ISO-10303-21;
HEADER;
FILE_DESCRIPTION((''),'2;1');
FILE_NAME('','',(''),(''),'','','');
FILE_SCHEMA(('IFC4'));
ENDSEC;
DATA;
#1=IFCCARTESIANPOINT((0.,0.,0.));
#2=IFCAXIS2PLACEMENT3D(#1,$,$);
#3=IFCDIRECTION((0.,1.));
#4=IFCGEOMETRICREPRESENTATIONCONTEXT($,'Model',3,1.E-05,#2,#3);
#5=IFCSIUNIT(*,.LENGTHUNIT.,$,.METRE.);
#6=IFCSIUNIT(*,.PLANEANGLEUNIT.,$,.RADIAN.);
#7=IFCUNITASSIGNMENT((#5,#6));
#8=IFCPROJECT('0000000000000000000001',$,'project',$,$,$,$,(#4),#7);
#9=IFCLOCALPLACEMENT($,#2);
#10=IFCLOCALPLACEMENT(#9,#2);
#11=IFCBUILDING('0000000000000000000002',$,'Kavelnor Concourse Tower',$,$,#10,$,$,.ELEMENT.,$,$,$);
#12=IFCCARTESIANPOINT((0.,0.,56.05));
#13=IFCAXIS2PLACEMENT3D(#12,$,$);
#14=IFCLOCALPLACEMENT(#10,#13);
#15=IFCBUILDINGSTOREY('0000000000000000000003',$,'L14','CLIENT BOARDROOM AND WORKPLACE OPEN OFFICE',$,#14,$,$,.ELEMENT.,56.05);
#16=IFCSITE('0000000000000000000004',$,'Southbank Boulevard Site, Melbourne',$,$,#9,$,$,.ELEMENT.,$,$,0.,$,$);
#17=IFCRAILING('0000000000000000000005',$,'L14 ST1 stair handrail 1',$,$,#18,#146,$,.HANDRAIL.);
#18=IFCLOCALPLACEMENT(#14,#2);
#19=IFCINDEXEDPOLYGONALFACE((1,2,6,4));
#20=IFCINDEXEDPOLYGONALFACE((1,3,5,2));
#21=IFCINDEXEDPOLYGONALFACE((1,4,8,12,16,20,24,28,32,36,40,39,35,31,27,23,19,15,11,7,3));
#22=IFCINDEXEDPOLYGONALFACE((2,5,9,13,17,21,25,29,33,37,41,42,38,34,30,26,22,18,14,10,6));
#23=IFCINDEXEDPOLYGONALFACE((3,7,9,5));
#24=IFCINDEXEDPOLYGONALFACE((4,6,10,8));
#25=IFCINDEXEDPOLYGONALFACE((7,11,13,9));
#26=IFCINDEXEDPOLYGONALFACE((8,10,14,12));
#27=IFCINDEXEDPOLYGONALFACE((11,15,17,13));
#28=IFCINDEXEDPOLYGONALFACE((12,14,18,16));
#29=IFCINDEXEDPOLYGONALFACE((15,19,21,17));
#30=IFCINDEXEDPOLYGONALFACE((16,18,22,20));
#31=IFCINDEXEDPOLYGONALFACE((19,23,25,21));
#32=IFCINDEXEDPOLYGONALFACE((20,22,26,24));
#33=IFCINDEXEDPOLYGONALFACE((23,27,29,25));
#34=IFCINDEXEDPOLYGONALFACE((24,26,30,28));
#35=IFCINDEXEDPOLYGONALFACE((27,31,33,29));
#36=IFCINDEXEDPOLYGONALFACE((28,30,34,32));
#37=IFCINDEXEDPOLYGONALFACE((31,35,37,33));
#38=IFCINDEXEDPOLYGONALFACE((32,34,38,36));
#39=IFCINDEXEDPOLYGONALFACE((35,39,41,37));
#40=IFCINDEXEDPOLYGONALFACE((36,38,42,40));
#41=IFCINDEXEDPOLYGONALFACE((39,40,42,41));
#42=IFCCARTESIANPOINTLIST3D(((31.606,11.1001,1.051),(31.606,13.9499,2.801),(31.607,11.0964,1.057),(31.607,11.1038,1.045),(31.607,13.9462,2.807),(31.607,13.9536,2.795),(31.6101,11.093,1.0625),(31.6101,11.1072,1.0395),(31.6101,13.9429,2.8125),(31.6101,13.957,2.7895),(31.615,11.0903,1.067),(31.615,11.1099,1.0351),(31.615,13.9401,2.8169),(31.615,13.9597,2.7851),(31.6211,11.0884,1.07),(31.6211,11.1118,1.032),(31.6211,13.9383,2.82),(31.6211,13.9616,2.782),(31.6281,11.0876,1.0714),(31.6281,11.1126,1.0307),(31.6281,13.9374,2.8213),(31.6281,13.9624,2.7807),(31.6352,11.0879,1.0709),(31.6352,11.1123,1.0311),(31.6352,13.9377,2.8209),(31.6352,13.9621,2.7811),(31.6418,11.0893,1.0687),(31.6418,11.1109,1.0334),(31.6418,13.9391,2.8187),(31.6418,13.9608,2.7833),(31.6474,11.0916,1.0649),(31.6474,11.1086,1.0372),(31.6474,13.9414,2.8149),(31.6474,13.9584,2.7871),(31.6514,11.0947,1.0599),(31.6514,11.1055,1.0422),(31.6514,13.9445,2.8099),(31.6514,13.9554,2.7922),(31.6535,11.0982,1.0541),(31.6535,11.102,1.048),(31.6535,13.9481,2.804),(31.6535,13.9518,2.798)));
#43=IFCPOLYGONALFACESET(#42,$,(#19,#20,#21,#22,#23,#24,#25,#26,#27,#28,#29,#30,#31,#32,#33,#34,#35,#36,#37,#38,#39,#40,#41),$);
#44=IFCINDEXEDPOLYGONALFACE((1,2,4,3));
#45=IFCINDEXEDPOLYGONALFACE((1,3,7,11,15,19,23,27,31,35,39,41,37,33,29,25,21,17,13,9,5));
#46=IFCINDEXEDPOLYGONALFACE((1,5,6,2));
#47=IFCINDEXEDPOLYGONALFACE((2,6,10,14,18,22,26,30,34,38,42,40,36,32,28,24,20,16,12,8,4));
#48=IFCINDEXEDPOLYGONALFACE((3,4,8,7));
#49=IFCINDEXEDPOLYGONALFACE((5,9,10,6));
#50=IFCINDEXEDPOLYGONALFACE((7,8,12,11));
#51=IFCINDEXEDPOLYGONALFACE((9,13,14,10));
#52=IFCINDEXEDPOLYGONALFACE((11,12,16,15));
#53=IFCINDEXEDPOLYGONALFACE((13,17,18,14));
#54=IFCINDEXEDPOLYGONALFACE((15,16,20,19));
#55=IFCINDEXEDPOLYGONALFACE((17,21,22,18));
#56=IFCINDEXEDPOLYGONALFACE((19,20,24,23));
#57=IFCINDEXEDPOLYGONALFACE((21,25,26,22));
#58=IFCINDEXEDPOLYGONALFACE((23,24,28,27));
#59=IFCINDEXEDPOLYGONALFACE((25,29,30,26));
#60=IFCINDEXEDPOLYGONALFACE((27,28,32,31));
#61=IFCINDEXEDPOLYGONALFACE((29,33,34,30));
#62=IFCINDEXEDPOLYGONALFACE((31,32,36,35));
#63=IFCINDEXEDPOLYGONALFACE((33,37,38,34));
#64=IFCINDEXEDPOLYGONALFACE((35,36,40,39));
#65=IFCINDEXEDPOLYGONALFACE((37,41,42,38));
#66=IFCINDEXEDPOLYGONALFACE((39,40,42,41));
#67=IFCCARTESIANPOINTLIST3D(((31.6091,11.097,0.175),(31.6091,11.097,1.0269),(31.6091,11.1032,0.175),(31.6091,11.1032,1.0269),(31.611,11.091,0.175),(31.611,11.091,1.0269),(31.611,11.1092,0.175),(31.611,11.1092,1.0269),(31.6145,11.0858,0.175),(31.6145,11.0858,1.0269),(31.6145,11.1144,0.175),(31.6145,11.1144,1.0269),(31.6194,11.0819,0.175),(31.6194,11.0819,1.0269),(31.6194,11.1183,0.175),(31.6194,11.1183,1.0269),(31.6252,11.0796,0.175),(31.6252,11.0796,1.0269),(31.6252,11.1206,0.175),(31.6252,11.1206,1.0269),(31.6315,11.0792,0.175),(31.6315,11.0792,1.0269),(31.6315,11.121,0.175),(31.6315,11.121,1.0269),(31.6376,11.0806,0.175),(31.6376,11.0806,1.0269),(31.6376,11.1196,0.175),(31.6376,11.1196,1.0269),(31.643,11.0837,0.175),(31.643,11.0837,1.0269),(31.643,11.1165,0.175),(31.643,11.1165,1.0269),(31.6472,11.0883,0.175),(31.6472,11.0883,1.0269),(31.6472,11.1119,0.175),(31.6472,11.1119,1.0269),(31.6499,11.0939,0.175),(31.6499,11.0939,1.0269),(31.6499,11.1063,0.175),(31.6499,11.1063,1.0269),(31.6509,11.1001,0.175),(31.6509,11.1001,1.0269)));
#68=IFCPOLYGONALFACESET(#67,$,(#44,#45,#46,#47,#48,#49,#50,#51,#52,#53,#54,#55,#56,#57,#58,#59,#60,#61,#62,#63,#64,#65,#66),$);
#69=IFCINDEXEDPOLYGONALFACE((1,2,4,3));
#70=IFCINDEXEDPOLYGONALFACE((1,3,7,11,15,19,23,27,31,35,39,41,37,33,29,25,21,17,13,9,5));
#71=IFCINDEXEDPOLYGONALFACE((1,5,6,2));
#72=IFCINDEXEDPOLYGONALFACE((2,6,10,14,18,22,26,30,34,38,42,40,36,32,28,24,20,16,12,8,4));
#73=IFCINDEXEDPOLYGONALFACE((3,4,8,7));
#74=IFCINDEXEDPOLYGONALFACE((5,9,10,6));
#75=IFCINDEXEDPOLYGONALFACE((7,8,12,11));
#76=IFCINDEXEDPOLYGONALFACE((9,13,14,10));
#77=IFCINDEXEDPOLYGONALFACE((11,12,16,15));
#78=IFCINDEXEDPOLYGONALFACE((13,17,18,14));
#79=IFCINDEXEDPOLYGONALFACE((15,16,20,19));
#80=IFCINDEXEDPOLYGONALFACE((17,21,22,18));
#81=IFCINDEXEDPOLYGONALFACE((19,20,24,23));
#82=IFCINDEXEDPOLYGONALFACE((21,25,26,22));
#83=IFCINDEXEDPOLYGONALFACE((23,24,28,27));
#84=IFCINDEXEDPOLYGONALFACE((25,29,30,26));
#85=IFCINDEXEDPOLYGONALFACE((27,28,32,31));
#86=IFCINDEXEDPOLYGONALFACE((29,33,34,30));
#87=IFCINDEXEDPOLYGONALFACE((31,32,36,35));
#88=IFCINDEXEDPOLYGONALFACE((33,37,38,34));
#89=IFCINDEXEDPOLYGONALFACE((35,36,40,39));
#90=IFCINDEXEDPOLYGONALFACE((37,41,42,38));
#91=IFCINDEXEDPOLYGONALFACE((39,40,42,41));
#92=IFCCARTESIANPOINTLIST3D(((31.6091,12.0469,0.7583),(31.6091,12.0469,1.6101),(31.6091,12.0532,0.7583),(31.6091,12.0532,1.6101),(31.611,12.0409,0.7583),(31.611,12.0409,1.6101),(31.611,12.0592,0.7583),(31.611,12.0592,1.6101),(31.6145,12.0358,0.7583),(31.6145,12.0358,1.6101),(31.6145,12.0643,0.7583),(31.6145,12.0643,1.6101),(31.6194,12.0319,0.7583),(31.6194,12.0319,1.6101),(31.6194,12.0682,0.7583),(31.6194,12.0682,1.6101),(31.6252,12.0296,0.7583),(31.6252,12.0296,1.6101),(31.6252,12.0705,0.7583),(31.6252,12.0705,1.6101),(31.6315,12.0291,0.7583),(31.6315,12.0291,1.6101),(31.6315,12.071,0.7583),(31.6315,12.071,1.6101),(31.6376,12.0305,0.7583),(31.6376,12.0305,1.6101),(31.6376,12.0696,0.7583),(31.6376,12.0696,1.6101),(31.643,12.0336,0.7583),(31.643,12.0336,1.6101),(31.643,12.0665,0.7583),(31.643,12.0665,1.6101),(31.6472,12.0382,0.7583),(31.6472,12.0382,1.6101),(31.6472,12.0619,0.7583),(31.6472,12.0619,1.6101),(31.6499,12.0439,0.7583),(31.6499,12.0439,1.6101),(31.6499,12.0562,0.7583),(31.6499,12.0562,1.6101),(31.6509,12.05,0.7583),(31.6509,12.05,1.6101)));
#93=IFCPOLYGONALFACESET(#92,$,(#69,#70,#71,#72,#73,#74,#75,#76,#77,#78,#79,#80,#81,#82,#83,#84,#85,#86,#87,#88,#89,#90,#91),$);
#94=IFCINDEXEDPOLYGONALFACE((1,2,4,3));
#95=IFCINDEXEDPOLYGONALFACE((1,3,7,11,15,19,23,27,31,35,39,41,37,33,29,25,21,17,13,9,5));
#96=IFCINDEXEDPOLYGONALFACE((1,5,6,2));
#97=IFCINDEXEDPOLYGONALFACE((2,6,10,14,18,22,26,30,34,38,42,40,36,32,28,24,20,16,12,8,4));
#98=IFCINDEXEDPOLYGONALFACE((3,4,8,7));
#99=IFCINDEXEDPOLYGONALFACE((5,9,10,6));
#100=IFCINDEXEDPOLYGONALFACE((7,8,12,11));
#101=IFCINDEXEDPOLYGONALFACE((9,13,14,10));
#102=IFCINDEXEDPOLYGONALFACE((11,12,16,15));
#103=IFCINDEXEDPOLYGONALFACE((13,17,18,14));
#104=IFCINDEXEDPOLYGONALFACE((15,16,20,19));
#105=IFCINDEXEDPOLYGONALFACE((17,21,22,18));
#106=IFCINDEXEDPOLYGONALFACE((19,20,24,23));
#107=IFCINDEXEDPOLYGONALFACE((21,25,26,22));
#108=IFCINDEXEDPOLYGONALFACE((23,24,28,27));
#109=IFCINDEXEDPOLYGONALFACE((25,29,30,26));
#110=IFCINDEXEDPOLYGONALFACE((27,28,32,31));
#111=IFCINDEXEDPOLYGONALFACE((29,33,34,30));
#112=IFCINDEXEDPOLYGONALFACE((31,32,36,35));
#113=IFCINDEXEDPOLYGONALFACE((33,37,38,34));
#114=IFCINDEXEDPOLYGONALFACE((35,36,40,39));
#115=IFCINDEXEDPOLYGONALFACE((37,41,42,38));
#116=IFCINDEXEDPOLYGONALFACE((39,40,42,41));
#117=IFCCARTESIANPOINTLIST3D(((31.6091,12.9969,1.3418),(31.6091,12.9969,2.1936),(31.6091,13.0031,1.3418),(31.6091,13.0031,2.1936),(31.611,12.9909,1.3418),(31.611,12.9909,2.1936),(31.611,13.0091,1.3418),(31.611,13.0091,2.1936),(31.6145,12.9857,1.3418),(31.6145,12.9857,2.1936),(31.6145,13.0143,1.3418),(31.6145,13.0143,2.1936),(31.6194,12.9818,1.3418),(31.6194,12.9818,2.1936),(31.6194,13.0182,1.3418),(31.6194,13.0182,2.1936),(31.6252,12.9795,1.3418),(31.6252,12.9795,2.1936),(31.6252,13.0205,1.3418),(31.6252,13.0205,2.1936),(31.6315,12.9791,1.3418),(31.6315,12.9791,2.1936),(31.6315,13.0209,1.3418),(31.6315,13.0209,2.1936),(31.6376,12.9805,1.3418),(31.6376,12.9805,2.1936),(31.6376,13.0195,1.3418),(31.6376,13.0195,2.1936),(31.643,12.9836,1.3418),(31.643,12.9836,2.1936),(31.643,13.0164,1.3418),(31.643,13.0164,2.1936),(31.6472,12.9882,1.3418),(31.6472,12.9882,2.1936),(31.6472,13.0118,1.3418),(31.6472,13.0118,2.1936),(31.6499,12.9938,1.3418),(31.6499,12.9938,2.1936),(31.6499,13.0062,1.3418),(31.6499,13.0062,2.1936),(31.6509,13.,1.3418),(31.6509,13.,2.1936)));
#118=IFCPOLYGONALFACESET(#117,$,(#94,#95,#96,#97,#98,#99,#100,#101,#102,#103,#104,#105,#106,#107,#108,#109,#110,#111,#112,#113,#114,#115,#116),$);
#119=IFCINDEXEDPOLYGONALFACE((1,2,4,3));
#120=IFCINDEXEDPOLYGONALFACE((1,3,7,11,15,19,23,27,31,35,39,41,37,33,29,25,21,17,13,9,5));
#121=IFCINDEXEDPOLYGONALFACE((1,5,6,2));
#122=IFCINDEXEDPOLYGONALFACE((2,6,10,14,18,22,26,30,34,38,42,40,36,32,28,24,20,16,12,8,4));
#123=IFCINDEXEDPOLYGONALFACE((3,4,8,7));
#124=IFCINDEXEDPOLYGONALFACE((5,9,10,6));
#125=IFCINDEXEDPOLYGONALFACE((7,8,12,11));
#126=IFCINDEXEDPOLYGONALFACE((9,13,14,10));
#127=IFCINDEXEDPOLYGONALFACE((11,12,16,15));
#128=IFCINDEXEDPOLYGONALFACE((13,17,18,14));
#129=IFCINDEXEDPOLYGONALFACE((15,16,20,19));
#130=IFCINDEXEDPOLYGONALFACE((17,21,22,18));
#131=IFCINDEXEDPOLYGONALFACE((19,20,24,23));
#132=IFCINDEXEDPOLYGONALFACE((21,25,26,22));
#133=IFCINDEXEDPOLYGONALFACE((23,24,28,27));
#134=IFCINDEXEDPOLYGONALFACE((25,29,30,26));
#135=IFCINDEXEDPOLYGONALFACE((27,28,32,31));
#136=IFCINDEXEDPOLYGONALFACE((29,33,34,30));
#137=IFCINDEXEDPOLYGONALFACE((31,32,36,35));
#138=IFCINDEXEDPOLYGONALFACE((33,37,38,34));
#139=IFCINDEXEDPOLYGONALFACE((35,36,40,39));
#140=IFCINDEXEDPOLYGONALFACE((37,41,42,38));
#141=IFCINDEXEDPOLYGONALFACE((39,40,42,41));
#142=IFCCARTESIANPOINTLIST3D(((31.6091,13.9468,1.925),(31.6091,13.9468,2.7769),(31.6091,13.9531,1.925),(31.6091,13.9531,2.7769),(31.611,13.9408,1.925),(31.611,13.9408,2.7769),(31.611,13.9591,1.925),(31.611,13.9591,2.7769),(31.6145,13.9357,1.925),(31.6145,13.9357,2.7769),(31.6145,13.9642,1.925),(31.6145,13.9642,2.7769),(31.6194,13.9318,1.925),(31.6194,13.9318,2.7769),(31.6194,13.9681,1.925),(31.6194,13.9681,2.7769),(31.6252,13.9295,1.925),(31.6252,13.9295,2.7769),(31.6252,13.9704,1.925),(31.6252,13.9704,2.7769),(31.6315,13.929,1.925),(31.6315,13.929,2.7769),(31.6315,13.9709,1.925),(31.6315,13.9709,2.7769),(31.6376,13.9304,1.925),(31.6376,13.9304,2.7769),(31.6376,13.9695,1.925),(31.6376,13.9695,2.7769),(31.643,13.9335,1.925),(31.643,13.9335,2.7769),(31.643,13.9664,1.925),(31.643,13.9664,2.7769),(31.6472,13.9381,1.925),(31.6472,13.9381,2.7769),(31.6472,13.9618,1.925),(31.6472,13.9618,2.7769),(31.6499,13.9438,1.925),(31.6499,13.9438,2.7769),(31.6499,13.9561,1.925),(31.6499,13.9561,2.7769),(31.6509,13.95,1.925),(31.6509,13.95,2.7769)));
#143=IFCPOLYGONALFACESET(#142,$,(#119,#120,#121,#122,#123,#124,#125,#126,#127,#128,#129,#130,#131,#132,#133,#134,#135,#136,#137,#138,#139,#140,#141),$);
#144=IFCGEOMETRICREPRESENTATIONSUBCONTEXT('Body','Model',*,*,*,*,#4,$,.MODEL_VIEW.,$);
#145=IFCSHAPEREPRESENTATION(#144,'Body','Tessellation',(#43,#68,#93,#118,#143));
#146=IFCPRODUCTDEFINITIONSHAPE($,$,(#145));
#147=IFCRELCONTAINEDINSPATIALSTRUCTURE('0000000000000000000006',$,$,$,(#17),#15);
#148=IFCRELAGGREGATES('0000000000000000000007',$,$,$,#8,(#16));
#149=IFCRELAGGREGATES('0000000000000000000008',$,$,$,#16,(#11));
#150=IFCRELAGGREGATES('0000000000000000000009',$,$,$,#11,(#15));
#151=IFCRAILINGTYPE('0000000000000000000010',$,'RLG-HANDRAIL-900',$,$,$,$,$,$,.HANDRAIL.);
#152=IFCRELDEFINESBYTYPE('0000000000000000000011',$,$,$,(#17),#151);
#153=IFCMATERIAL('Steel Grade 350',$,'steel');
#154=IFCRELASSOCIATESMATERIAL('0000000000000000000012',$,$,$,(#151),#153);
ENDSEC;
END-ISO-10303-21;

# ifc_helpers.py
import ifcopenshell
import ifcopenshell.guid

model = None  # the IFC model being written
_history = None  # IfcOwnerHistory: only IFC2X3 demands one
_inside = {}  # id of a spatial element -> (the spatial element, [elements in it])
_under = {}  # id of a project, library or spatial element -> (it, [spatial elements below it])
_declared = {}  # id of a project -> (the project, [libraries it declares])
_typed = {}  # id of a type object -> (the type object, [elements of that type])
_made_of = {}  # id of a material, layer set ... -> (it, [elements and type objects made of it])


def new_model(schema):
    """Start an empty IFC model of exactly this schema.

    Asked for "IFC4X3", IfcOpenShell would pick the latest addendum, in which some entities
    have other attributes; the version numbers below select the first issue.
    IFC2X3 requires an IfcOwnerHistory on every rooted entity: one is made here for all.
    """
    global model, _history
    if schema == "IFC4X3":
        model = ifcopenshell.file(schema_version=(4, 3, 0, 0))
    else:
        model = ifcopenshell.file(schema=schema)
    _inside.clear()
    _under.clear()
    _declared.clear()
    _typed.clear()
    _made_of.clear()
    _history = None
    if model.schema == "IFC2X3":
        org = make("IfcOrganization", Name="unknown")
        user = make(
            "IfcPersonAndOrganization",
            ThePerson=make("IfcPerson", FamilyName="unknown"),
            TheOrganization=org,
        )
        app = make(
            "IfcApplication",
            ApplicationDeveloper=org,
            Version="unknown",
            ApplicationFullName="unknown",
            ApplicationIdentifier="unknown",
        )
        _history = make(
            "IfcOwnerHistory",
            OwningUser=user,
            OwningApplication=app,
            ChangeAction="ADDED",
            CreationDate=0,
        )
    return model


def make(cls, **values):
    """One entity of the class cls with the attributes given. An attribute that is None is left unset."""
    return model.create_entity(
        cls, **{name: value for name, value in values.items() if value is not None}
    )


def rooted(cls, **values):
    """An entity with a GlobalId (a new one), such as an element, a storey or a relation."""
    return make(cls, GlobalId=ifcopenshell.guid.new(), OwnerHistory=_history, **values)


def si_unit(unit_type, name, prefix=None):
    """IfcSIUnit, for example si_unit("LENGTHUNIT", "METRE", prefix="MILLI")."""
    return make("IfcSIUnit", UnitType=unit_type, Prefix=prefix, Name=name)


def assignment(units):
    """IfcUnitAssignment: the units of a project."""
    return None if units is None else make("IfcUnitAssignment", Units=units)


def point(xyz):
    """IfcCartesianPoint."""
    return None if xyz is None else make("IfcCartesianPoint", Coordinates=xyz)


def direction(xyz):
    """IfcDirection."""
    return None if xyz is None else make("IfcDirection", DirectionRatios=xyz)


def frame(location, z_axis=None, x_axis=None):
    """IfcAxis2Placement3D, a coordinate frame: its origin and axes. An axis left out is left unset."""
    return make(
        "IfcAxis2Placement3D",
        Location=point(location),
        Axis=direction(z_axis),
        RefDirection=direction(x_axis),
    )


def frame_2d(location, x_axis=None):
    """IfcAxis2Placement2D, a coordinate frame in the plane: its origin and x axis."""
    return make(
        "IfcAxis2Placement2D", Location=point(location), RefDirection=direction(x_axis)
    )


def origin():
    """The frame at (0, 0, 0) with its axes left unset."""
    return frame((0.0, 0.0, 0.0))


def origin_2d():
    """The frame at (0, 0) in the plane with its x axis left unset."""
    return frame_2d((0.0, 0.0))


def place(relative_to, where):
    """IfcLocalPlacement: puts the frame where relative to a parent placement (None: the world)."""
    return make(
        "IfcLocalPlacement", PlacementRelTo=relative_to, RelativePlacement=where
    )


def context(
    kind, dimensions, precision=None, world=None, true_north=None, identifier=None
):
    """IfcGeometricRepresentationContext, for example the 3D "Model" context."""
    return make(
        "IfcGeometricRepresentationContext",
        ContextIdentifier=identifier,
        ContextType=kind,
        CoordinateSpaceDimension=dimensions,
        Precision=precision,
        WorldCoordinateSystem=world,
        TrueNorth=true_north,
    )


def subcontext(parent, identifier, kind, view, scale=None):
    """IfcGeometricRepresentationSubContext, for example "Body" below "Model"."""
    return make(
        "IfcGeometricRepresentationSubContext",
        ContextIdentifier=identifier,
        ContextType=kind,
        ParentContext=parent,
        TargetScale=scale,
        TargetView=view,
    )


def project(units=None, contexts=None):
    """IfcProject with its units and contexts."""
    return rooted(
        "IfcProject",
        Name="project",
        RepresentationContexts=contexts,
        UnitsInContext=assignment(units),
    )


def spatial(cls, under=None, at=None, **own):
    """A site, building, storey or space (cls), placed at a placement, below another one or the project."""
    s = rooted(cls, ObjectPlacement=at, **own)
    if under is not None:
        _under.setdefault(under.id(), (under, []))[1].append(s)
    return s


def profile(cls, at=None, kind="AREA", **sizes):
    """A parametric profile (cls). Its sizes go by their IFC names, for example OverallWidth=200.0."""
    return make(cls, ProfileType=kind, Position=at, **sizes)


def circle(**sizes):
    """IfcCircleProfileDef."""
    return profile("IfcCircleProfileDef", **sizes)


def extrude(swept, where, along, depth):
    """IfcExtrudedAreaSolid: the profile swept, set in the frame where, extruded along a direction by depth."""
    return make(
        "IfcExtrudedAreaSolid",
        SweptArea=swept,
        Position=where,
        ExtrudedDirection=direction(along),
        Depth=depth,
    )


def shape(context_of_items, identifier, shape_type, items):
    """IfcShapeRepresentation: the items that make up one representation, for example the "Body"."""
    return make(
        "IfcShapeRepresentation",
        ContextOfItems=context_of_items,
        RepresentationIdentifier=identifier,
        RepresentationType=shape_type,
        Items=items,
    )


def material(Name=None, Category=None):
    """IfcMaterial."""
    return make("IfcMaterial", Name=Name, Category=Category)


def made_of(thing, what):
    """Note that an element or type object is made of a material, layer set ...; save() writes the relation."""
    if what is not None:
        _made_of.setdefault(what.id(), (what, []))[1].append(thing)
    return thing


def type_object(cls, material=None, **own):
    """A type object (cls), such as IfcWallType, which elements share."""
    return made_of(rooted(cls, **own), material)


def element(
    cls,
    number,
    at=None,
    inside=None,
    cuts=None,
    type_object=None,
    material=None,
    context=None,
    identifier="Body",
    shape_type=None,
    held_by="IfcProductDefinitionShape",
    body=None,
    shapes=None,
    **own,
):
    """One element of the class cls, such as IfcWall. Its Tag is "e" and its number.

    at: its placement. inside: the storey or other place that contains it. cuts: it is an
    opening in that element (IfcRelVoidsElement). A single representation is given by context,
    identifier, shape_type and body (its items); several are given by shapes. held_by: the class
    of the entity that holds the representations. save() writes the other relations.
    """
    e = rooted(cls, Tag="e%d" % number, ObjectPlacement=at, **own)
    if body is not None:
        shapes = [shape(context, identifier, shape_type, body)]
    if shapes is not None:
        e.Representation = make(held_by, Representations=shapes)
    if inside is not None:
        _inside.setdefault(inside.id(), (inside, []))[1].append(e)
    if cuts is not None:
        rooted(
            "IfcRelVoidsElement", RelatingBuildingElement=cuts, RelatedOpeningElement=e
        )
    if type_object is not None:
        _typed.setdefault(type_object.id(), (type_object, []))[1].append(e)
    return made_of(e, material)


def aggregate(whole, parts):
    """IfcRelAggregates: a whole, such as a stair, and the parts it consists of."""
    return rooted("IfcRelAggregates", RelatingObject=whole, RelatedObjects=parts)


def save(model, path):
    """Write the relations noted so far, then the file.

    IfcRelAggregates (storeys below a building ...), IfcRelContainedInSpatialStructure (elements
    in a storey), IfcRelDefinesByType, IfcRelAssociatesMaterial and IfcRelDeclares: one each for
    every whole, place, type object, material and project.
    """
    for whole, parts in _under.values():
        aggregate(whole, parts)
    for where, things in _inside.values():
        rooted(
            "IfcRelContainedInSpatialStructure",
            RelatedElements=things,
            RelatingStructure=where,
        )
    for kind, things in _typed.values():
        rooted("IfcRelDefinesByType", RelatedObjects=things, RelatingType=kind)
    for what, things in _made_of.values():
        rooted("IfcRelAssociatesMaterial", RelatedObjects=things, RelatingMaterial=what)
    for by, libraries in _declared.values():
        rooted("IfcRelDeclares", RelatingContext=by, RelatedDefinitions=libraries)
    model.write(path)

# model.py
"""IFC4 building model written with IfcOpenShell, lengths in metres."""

from ifc_helpers import new_model, si_unit, direction, frame, origin, origin_2d, place, context, subcontext, project, spatial, circle, extrude, material, type_object, element, save


model = new_model("IFC4")

# Units and contexts
model_context = context("Model", 3, precision=1e-05, world=origin(), true_north=direction((0.0, 1.0)))
body_context = subcontext(model_context, "Body", "Model", "MODEL_VIEW")
ifc_project = project(units=[si_unit("LENGTHUNIT", "METRE"), si_unit("PLANEANGLEUNIT", "RADIAN")], contexts=[model_context])

# Site, building, storey
site_placement = place(None, origin())
site = spatial("IfcSite", under=ifc_project, at=site_placement, Name="Southbank Boulevard Site, Melbourne", CompositionType="ELEMENT", RefElevation=0.0)
building_placement = place(site_placement, origin())
building = spatial("IfcBuilding", under=site, at=building_placement, Name="Kavelnor Concourse Tower", CompositionType="ELEMENT")
storey_placement = place(building_placement, frame((0.0, 0.0, 56.05)))
storey = spatial("IfcBuildingStorey", under=building, at=storey_placement, Name="L14", Description="CLIENT BOARDROOM AND WORKPLACE OPEN OFFICE", CompositionType="ELEMENT", Elevation=56.05)

# Shared definitions
ifc_material_1 = material(Name="Steel Grade 350", Category="steel")

# Railing
railing_type_1 = type_object("IfcRailingType", Name="RLG-HANDRAIL-900", PredefinedType="HANDRAIL", material=ifc_material_1)
railing_1_placement = place(storey_placement, frame((31.6299, 11.1001, 0.175)))
element("IfcRailing", 1, at=railing_1_placement, inside=storey, type_object=railing_type_1, Name="L14 ST1 stair handrail 1", PredefinedType="HANDRAIL", context=body_context, shape_type="SweptSolid", body=[
    extrude(circle(Radius=0.0239, at=origin_2d()), frame((0.0, 0.0, 0.876), z_axis=(0.0, 0.852159, 0.523283), x_axis=(-1.0, 0.0, 0.0)), (0.0, 0.0, 1.0), 3.3442),
    extrude(circle(Radius=0.021, at=origin_2d()), origin(), (0.0, 0.0, 1.0), 0.8518),
    extrude(circle(Radius=0.021, at=origin_2d()), frame((0.0, 0.95, 0.5833)), (0.0, 0.0, 1.0), 0.8518),
    extrude(circle(Radius=0.021, at=origin_2d()), frame((0.0, 1.8999, 1.1667)), (0.0, 0.0, 1.0), 0.8518),
    extrude(circle(Radius=0.021, at=origin_2d()), frame((0.0, 2.8499, 1.75)), (0.0, 0.0, 1.0), 0.8518),
])

save(model, "model.ifc")
